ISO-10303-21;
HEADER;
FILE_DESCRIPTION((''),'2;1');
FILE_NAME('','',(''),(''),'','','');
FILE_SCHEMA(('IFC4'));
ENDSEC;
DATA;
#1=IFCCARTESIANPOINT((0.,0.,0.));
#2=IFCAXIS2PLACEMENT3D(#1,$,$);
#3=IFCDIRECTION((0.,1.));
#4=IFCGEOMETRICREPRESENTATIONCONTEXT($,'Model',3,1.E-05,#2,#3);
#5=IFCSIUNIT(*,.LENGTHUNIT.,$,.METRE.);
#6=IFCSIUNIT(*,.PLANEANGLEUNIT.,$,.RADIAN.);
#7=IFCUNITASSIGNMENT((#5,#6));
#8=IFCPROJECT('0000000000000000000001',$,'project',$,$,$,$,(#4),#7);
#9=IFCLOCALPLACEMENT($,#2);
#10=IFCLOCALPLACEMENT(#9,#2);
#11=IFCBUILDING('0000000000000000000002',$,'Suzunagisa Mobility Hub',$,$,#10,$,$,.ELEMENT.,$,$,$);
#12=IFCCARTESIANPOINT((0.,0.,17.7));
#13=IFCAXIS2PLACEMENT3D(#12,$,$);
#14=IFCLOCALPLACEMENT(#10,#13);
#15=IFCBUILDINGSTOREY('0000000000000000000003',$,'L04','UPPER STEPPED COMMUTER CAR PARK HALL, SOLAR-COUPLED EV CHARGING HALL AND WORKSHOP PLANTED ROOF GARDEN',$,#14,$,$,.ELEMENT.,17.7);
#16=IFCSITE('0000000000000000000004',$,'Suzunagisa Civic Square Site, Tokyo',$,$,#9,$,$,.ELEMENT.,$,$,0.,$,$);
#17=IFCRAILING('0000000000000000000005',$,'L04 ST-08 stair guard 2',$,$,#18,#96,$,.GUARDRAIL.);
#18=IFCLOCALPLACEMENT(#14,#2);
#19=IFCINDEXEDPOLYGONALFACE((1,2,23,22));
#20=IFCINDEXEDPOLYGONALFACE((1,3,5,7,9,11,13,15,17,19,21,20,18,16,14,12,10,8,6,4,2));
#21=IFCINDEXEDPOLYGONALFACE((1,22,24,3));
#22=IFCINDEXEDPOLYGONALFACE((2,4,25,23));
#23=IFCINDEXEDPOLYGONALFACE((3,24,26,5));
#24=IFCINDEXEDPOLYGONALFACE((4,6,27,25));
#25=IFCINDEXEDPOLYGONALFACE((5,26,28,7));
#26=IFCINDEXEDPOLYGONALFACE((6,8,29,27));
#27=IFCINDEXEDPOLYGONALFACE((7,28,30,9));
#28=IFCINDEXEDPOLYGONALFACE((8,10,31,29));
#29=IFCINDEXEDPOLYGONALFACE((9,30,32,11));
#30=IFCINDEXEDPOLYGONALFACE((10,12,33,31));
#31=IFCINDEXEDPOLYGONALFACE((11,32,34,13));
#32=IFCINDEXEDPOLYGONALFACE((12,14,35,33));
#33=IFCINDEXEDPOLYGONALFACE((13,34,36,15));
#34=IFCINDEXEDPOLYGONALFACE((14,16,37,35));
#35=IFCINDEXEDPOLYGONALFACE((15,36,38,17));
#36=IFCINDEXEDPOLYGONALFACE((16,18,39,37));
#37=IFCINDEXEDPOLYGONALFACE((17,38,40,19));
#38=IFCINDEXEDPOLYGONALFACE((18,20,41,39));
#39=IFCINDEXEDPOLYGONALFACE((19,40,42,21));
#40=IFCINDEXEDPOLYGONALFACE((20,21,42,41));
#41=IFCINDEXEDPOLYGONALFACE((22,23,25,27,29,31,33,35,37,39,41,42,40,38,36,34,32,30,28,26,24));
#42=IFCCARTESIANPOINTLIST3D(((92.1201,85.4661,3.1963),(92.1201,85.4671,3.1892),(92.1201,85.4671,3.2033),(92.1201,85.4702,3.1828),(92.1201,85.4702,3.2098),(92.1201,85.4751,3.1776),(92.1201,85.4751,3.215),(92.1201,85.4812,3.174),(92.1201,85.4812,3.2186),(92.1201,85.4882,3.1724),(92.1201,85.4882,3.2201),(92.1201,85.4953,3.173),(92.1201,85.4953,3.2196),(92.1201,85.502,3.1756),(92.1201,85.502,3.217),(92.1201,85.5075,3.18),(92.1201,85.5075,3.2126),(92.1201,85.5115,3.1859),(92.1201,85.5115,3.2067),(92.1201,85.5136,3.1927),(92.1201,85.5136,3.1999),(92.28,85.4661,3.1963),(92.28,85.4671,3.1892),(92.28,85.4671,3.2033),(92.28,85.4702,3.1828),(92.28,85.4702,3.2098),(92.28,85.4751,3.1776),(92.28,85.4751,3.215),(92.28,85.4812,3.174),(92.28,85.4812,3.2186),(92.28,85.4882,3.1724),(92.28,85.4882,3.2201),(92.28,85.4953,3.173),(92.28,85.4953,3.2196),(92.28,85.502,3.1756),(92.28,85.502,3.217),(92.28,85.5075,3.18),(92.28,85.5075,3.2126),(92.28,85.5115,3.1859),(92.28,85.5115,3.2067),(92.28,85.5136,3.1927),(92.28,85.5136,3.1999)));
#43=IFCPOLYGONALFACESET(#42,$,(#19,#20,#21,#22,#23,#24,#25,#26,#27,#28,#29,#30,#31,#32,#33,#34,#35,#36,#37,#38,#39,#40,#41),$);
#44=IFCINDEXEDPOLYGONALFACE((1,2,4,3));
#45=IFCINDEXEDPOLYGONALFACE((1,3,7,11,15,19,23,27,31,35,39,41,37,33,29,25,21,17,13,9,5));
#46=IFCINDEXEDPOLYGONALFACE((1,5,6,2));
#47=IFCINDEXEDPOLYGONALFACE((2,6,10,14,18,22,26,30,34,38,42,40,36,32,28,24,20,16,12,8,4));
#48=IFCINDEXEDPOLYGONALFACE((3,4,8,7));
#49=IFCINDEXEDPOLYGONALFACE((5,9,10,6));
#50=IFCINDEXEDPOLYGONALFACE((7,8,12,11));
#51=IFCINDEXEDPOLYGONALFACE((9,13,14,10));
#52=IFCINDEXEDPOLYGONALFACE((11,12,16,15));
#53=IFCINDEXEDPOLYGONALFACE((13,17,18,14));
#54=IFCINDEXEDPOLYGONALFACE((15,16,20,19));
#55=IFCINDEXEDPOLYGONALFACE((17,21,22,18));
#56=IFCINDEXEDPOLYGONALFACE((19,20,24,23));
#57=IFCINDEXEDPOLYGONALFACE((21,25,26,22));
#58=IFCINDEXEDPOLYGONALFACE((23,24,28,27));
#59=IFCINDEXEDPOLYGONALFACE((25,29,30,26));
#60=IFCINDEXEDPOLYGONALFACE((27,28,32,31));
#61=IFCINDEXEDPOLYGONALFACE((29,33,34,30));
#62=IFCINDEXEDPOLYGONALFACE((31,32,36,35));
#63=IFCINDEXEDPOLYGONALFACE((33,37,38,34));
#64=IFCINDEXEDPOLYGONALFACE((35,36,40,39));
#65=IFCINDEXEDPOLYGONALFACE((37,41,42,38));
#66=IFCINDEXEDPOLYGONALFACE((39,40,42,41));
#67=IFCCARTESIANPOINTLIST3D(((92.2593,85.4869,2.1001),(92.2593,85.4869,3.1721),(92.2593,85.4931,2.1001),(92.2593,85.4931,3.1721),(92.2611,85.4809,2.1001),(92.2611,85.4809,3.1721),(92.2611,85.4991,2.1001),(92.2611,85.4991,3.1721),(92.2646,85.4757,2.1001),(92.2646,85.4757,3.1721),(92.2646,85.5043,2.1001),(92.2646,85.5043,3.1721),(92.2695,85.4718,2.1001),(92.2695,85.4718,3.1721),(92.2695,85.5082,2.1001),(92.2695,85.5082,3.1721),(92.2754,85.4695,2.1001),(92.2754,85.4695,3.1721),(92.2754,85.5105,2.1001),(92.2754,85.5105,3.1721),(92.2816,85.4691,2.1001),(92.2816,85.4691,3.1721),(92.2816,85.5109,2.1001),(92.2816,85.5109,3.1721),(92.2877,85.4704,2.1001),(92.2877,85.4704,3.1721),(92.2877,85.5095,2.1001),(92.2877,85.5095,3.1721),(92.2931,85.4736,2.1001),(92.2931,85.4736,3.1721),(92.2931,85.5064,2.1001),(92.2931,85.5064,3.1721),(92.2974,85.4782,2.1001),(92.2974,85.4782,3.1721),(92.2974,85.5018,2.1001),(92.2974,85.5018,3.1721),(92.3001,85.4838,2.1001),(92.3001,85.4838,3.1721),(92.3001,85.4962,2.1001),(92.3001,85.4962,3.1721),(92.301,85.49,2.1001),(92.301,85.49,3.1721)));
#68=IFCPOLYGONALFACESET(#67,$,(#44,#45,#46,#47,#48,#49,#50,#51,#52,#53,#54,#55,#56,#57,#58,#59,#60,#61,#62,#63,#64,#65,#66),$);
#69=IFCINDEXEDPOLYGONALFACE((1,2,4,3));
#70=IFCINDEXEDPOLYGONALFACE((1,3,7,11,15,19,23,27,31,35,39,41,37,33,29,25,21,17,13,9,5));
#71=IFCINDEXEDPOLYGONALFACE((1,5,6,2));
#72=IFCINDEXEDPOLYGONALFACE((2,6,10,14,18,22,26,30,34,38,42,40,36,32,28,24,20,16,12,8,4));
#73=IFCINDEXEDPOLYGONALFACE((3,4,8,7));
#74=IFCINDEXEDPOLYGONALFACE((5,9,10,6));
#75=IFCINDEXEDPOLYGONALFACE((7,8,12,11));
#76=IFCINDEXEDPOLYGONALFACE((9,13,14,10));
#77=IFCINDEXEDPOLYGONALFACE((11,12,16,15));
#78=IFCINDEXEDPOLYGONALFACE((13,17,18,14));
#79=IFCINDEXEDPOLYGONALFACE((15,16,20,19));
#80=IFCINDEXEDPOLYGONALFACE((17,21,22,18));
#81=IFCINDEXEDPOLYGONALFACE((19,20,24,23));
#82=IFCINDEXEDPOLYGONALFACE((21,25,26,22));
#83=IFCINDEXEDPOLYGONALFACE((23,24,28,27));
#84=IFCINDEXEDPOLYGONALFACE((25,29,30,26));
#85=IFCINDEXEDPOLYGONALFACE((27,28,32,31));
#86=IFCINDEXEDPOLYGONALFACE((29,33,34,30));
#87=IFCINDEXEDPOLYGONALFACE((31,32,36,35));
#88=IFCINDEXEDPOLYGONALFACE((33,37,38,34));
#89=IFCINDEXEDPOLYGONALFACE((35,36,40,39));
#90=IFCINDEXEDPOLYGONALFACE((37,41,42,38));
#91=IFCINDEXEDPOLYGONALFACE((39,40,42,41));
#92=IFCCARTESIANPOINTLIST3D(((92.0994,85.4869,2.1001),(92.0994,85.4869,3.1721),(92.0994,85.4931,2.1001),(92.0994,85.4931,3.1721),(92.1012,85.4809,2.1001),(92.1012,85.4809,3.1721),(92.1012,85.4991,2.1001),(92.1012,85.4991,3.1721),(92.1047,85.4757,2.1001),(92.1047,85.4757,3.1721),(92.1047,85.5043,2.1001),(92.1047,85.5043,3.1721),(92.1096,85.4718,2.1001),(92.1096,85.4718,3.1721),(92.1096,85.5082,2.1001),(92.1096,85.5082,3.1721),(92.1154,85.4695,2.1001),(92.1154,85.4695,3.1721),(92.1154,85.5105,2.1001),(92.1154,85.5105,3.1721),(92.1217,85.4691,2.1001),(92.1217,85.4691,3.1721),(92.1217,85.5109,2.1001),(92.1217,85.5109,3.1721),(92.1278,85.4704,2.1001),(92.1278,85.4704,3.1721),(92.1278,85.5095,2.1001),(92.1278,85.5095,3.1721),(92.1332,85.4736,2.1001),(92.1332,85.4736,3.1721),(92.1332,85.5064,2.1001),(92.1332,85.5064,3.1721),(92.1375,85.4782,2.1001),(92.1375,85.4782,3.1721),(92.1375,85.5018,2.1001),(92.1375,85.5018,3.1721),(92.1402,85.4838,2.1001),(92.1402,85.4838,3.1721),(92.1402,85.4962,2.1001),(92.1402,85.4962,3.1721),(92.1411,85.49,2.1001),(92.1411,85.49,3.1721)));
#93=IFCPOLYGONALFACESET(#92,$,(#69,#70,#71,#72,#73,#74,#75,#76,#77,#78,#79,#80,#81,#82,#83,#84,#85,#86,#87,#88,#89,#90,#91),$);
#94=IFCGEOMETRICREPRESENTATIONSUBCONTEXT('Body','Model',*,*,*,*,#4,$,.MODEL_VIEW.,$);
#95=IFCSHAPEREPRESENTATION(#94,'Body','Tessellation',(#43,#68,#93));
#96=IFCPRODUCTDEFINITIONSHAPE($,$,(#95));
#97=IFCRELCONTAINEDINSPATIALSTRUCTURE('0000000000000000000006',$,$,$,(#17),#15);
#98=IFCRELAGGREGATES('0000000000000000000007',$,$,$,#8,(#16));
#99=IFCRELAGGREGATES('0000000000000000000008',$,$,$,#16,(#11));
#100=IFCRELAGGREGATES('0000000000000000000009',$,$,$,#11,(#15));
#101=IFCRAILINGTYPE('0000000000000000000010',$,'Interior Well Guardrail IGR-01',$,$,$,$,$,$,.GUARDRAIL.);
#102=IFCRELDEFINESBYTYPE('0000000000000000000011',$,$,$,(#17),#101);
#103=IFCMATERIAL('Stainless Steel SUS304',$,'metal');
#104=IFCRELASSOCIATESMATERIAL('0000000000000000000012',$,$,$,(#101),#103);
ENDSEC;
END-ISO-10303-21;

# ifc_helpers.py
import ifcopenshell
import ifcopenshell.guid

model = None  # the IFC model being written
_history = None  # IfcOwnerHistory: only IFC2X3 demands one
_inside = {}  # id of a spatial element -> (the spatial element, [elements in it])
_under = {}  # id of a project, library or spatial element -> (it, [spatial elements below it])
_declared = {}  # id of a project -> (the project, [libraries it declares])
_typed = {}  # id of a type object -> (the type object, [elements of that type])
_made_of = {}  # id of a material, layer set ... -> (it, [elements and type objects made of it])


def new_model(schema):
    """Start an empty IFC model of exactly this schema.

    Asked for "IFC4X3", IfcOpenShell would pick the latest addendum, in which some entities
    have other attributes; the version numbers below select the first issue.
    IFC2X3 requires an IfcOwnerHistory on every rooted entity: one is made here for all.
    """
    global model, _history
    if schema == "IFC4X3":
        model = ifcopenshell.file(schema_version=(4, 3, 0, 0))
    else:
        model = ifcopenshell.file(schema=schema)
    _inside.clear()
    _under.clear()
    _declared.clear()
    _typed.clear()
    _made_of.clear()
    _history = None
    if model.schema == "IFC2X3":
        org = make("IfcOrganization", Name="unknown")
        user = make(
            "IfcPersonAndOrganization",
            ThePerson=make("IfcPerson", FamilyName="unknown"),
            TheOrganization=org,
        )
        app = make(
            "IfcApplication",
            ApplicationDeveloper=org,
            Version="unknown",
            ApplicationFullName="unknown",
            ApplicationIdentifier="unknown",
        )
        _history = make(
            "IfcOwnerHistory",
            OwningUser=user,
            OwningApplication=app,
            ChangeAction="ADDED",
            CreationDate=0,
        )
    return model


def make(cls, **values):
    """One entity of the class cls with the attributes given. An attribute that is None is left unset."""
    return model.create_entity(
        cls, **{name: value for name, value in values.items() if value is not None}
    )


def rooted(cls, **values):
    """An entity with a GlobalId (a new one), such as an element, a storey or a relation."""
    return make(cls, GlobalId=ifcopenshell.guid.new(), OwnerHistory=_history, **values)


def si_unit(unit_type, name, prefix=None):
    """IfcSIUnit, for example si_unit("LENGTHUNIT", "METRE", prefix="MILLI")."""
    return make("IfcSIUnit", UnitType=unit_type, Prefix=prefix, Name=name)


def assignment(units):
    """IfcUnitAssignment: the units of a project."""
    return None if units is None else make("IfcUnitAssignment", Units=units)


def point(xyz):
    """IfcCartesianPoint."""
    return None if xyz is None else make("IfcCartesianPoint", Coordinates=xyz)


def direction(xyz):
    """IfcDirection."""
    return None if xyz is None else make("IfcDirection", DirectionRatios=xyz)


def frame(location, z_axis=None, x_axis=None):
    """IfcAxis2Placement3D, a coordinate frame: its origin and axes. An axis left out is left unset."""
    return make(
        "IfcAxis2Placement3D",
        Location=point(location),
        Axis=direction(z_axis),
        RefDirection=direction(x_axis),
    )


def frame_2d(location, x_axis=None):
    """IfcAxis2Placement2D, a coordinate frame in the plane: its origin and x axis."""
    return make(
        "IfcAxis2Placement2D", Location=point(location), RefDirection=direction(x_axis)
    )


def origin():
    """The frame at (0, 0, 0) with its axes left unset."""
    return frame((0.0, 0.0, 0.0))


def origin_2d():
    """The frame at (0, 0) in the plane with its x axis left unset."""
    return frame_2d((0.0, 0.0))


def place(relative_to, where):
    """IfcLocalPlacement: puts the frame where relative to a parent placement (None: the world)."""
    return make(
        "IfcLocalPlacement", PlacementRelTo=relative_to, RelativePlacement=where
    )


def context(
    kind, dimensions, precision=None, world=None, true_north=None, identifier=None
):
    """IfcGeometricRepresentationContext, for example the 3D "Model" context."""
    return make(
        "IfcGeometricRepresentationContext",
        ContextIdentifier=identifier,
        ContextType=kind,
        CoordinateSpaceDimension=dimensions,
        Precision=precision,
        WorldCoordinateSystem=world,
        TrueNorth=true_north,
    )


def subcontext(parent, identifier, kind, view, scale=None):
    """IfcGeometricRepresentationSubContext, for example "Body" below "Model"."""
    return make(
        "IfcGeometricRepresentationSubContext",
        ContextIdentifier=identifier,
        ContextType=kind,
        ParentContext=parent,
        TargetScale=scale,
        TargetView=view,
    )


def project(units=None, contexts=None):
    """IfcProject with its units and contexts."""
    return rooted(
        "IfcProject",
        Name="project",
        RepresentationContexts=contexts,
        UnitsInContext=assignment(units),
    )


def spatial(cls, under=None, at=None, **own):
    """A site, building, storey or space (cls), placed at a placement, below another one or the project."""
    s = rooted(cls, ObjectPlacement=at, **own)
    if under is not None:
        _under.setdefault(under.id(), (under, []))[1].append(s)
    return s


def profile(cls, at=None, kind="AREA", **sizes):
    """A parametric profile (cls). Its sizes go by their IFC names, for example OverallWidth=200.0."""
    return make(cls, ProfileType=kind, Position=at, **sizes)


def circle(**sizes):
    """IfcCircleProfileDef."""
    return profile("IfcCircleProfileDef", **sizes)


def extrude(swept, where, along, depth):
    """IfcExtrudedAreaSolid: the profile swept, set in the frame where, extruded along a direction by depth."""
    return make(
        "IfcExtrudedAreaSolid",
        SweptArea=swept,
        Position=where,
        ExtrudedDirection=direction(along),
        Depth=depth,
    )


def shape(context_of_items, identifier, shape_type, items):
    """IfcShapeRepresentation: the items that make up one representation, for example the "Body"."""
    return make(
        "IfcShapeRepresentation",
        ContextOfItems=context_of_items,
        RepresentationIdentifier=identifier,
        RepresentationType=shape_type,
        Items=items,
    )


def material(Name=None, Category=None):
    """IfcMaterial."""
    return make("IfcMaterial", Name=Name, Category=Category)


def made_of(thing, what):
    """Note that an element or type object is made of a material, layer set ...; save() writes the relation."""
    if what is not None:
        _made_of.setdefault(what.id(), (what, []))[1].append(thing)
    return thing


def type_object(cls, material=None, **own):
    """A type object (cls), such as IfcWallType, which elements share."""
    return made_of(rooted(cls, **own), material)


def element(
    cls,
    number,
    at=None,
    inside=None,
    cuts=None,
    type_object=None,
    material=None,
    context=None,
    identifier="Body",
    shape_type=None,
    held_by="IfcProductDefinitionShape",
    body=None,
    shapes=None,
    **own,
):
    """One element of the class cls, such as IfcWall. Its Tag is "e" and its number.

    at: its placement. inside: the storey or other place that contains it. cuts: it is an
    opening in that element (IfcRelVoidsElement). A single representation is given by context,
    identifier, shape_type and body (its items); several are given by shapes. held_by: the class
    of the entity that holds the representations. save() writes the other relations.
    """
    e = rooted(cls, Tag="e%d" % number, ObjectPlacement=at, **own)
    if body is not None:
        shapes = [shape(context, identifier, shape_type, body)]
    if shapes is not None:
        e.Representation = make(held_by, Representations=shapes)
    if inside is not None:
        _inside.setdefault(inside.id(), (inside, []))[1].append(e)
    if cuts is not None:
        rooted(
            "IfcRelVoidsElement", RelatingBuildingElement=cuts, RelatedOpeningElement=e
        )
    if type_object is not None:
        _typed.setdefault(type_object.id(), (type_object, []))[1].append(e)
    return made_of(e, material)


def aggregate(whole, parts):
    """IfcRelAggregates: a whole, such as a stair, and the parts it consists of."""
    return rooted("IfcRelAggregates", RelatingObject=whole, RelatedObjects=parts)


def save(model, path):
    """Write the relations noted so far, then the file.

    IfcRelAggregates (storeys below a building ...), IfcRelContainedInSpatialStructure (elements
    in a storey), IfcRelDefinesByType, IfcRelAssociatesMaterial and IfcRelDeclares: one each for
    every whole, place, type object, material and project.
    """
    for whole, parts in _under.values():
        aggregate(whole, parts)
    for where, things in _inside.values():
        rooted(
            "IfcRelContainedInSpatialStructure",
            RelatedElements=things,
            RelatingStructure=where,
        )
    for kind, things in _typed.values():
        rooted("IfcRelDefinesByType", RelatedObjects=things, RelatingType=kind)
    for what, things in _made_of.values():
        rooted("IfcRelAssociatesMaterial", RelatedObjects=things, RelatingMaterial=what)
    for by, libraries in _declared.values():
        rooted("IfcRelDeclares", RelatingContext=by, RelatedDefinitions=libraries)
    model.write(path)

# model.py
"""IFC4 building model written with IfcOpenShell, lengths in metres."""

from ifc_helpers import new_model, si_unit, direction, frame, origin, origin_2d, place, context, subcontext, project, spatial, circle, extrude, material, type_object, element, save


model = new_model("IFC4")

# Units and contexts
model_context = context("Model", 3, precision=1e-05, world=origin(), true_north=direction((0.0, 1.0)))
body_context = subcontext(model_context, "Body", "Model", "MODEL_VIEW")
ifc_project = project(units=[si_unit("LENGTHUNIT", "METRE"), si_unit("PLANEANGLEUNIT", "RADIAN")], contexts=[model_context])

# Site, building, storey
site_placement = place(None, origin())
site = spatial("IfcSite", under=ifc_project, at=site_placement, Name="Suzunagisa Civic Square Site, Tokyo", CompositionType="ELEMENT", RefElevation=0.0)
building_placement = place(site_placement, origin())
building = spatial("IfcBuilding", under=site, at=building_placement, Name="Suzunagisa Mobility Hub", CompositionType="ELEMENT")
storey_placement = place(building_placement, frame((0.0, 0.0, 17.7)))
storey = spatial("IfcBuildingStorey", under=building, at=storey_placement, Name="L04", Description="UPPER STEPPED COMMUTER CAR PARK HALL, SOLAR-COUPLED EV CHARGING HALL AND WORKSHOP PLANTED ROOF GARDEN", CompositionType="ELEMENT", Elevation=17.7)

# Railing
ifc_material_1 = material(Name="Stainless Steel SUS304", Category="metal")
railing_type = type_object("IfcRailingType", Name="Interior Well Guardrail IGR-01", PredefinedType="GUARDRAIL", material=ifc_material_1)
railing_1_placement = place(storey_placement, frame((92.28, 85.49, 2.1001)))
element("IfcRailing", 1, at=railing_1_placement, inside=storey, type_object=railing_type, Name="L04 ST-08 stair guard 2", PredefinedType="GUARDRAIL", context=body_context, shape_type="SweptSolid", body=[
    extrude(circle(Radius=0.0239, at=origin_2d()), frame((0.0, 0.0, 1.0962), z_axis=(-1.0, 0.0, 0.0), x_axis=(0.0, -1.0, 0.0)), (0.0, 0.0, 1.0), 0.1599),
    extrude(circle(Radius=0.021, at=origin_2d()), origin(), (0.0, 0.0, 1.0), 1.072),
    extrude(circle(Radius=0.021, at=origin_2d()), frame((-0.1599, 0.0, 0.0)), (0.0, 0.0, 1.0), 1.072),
])

save(model, "model.ifc")
